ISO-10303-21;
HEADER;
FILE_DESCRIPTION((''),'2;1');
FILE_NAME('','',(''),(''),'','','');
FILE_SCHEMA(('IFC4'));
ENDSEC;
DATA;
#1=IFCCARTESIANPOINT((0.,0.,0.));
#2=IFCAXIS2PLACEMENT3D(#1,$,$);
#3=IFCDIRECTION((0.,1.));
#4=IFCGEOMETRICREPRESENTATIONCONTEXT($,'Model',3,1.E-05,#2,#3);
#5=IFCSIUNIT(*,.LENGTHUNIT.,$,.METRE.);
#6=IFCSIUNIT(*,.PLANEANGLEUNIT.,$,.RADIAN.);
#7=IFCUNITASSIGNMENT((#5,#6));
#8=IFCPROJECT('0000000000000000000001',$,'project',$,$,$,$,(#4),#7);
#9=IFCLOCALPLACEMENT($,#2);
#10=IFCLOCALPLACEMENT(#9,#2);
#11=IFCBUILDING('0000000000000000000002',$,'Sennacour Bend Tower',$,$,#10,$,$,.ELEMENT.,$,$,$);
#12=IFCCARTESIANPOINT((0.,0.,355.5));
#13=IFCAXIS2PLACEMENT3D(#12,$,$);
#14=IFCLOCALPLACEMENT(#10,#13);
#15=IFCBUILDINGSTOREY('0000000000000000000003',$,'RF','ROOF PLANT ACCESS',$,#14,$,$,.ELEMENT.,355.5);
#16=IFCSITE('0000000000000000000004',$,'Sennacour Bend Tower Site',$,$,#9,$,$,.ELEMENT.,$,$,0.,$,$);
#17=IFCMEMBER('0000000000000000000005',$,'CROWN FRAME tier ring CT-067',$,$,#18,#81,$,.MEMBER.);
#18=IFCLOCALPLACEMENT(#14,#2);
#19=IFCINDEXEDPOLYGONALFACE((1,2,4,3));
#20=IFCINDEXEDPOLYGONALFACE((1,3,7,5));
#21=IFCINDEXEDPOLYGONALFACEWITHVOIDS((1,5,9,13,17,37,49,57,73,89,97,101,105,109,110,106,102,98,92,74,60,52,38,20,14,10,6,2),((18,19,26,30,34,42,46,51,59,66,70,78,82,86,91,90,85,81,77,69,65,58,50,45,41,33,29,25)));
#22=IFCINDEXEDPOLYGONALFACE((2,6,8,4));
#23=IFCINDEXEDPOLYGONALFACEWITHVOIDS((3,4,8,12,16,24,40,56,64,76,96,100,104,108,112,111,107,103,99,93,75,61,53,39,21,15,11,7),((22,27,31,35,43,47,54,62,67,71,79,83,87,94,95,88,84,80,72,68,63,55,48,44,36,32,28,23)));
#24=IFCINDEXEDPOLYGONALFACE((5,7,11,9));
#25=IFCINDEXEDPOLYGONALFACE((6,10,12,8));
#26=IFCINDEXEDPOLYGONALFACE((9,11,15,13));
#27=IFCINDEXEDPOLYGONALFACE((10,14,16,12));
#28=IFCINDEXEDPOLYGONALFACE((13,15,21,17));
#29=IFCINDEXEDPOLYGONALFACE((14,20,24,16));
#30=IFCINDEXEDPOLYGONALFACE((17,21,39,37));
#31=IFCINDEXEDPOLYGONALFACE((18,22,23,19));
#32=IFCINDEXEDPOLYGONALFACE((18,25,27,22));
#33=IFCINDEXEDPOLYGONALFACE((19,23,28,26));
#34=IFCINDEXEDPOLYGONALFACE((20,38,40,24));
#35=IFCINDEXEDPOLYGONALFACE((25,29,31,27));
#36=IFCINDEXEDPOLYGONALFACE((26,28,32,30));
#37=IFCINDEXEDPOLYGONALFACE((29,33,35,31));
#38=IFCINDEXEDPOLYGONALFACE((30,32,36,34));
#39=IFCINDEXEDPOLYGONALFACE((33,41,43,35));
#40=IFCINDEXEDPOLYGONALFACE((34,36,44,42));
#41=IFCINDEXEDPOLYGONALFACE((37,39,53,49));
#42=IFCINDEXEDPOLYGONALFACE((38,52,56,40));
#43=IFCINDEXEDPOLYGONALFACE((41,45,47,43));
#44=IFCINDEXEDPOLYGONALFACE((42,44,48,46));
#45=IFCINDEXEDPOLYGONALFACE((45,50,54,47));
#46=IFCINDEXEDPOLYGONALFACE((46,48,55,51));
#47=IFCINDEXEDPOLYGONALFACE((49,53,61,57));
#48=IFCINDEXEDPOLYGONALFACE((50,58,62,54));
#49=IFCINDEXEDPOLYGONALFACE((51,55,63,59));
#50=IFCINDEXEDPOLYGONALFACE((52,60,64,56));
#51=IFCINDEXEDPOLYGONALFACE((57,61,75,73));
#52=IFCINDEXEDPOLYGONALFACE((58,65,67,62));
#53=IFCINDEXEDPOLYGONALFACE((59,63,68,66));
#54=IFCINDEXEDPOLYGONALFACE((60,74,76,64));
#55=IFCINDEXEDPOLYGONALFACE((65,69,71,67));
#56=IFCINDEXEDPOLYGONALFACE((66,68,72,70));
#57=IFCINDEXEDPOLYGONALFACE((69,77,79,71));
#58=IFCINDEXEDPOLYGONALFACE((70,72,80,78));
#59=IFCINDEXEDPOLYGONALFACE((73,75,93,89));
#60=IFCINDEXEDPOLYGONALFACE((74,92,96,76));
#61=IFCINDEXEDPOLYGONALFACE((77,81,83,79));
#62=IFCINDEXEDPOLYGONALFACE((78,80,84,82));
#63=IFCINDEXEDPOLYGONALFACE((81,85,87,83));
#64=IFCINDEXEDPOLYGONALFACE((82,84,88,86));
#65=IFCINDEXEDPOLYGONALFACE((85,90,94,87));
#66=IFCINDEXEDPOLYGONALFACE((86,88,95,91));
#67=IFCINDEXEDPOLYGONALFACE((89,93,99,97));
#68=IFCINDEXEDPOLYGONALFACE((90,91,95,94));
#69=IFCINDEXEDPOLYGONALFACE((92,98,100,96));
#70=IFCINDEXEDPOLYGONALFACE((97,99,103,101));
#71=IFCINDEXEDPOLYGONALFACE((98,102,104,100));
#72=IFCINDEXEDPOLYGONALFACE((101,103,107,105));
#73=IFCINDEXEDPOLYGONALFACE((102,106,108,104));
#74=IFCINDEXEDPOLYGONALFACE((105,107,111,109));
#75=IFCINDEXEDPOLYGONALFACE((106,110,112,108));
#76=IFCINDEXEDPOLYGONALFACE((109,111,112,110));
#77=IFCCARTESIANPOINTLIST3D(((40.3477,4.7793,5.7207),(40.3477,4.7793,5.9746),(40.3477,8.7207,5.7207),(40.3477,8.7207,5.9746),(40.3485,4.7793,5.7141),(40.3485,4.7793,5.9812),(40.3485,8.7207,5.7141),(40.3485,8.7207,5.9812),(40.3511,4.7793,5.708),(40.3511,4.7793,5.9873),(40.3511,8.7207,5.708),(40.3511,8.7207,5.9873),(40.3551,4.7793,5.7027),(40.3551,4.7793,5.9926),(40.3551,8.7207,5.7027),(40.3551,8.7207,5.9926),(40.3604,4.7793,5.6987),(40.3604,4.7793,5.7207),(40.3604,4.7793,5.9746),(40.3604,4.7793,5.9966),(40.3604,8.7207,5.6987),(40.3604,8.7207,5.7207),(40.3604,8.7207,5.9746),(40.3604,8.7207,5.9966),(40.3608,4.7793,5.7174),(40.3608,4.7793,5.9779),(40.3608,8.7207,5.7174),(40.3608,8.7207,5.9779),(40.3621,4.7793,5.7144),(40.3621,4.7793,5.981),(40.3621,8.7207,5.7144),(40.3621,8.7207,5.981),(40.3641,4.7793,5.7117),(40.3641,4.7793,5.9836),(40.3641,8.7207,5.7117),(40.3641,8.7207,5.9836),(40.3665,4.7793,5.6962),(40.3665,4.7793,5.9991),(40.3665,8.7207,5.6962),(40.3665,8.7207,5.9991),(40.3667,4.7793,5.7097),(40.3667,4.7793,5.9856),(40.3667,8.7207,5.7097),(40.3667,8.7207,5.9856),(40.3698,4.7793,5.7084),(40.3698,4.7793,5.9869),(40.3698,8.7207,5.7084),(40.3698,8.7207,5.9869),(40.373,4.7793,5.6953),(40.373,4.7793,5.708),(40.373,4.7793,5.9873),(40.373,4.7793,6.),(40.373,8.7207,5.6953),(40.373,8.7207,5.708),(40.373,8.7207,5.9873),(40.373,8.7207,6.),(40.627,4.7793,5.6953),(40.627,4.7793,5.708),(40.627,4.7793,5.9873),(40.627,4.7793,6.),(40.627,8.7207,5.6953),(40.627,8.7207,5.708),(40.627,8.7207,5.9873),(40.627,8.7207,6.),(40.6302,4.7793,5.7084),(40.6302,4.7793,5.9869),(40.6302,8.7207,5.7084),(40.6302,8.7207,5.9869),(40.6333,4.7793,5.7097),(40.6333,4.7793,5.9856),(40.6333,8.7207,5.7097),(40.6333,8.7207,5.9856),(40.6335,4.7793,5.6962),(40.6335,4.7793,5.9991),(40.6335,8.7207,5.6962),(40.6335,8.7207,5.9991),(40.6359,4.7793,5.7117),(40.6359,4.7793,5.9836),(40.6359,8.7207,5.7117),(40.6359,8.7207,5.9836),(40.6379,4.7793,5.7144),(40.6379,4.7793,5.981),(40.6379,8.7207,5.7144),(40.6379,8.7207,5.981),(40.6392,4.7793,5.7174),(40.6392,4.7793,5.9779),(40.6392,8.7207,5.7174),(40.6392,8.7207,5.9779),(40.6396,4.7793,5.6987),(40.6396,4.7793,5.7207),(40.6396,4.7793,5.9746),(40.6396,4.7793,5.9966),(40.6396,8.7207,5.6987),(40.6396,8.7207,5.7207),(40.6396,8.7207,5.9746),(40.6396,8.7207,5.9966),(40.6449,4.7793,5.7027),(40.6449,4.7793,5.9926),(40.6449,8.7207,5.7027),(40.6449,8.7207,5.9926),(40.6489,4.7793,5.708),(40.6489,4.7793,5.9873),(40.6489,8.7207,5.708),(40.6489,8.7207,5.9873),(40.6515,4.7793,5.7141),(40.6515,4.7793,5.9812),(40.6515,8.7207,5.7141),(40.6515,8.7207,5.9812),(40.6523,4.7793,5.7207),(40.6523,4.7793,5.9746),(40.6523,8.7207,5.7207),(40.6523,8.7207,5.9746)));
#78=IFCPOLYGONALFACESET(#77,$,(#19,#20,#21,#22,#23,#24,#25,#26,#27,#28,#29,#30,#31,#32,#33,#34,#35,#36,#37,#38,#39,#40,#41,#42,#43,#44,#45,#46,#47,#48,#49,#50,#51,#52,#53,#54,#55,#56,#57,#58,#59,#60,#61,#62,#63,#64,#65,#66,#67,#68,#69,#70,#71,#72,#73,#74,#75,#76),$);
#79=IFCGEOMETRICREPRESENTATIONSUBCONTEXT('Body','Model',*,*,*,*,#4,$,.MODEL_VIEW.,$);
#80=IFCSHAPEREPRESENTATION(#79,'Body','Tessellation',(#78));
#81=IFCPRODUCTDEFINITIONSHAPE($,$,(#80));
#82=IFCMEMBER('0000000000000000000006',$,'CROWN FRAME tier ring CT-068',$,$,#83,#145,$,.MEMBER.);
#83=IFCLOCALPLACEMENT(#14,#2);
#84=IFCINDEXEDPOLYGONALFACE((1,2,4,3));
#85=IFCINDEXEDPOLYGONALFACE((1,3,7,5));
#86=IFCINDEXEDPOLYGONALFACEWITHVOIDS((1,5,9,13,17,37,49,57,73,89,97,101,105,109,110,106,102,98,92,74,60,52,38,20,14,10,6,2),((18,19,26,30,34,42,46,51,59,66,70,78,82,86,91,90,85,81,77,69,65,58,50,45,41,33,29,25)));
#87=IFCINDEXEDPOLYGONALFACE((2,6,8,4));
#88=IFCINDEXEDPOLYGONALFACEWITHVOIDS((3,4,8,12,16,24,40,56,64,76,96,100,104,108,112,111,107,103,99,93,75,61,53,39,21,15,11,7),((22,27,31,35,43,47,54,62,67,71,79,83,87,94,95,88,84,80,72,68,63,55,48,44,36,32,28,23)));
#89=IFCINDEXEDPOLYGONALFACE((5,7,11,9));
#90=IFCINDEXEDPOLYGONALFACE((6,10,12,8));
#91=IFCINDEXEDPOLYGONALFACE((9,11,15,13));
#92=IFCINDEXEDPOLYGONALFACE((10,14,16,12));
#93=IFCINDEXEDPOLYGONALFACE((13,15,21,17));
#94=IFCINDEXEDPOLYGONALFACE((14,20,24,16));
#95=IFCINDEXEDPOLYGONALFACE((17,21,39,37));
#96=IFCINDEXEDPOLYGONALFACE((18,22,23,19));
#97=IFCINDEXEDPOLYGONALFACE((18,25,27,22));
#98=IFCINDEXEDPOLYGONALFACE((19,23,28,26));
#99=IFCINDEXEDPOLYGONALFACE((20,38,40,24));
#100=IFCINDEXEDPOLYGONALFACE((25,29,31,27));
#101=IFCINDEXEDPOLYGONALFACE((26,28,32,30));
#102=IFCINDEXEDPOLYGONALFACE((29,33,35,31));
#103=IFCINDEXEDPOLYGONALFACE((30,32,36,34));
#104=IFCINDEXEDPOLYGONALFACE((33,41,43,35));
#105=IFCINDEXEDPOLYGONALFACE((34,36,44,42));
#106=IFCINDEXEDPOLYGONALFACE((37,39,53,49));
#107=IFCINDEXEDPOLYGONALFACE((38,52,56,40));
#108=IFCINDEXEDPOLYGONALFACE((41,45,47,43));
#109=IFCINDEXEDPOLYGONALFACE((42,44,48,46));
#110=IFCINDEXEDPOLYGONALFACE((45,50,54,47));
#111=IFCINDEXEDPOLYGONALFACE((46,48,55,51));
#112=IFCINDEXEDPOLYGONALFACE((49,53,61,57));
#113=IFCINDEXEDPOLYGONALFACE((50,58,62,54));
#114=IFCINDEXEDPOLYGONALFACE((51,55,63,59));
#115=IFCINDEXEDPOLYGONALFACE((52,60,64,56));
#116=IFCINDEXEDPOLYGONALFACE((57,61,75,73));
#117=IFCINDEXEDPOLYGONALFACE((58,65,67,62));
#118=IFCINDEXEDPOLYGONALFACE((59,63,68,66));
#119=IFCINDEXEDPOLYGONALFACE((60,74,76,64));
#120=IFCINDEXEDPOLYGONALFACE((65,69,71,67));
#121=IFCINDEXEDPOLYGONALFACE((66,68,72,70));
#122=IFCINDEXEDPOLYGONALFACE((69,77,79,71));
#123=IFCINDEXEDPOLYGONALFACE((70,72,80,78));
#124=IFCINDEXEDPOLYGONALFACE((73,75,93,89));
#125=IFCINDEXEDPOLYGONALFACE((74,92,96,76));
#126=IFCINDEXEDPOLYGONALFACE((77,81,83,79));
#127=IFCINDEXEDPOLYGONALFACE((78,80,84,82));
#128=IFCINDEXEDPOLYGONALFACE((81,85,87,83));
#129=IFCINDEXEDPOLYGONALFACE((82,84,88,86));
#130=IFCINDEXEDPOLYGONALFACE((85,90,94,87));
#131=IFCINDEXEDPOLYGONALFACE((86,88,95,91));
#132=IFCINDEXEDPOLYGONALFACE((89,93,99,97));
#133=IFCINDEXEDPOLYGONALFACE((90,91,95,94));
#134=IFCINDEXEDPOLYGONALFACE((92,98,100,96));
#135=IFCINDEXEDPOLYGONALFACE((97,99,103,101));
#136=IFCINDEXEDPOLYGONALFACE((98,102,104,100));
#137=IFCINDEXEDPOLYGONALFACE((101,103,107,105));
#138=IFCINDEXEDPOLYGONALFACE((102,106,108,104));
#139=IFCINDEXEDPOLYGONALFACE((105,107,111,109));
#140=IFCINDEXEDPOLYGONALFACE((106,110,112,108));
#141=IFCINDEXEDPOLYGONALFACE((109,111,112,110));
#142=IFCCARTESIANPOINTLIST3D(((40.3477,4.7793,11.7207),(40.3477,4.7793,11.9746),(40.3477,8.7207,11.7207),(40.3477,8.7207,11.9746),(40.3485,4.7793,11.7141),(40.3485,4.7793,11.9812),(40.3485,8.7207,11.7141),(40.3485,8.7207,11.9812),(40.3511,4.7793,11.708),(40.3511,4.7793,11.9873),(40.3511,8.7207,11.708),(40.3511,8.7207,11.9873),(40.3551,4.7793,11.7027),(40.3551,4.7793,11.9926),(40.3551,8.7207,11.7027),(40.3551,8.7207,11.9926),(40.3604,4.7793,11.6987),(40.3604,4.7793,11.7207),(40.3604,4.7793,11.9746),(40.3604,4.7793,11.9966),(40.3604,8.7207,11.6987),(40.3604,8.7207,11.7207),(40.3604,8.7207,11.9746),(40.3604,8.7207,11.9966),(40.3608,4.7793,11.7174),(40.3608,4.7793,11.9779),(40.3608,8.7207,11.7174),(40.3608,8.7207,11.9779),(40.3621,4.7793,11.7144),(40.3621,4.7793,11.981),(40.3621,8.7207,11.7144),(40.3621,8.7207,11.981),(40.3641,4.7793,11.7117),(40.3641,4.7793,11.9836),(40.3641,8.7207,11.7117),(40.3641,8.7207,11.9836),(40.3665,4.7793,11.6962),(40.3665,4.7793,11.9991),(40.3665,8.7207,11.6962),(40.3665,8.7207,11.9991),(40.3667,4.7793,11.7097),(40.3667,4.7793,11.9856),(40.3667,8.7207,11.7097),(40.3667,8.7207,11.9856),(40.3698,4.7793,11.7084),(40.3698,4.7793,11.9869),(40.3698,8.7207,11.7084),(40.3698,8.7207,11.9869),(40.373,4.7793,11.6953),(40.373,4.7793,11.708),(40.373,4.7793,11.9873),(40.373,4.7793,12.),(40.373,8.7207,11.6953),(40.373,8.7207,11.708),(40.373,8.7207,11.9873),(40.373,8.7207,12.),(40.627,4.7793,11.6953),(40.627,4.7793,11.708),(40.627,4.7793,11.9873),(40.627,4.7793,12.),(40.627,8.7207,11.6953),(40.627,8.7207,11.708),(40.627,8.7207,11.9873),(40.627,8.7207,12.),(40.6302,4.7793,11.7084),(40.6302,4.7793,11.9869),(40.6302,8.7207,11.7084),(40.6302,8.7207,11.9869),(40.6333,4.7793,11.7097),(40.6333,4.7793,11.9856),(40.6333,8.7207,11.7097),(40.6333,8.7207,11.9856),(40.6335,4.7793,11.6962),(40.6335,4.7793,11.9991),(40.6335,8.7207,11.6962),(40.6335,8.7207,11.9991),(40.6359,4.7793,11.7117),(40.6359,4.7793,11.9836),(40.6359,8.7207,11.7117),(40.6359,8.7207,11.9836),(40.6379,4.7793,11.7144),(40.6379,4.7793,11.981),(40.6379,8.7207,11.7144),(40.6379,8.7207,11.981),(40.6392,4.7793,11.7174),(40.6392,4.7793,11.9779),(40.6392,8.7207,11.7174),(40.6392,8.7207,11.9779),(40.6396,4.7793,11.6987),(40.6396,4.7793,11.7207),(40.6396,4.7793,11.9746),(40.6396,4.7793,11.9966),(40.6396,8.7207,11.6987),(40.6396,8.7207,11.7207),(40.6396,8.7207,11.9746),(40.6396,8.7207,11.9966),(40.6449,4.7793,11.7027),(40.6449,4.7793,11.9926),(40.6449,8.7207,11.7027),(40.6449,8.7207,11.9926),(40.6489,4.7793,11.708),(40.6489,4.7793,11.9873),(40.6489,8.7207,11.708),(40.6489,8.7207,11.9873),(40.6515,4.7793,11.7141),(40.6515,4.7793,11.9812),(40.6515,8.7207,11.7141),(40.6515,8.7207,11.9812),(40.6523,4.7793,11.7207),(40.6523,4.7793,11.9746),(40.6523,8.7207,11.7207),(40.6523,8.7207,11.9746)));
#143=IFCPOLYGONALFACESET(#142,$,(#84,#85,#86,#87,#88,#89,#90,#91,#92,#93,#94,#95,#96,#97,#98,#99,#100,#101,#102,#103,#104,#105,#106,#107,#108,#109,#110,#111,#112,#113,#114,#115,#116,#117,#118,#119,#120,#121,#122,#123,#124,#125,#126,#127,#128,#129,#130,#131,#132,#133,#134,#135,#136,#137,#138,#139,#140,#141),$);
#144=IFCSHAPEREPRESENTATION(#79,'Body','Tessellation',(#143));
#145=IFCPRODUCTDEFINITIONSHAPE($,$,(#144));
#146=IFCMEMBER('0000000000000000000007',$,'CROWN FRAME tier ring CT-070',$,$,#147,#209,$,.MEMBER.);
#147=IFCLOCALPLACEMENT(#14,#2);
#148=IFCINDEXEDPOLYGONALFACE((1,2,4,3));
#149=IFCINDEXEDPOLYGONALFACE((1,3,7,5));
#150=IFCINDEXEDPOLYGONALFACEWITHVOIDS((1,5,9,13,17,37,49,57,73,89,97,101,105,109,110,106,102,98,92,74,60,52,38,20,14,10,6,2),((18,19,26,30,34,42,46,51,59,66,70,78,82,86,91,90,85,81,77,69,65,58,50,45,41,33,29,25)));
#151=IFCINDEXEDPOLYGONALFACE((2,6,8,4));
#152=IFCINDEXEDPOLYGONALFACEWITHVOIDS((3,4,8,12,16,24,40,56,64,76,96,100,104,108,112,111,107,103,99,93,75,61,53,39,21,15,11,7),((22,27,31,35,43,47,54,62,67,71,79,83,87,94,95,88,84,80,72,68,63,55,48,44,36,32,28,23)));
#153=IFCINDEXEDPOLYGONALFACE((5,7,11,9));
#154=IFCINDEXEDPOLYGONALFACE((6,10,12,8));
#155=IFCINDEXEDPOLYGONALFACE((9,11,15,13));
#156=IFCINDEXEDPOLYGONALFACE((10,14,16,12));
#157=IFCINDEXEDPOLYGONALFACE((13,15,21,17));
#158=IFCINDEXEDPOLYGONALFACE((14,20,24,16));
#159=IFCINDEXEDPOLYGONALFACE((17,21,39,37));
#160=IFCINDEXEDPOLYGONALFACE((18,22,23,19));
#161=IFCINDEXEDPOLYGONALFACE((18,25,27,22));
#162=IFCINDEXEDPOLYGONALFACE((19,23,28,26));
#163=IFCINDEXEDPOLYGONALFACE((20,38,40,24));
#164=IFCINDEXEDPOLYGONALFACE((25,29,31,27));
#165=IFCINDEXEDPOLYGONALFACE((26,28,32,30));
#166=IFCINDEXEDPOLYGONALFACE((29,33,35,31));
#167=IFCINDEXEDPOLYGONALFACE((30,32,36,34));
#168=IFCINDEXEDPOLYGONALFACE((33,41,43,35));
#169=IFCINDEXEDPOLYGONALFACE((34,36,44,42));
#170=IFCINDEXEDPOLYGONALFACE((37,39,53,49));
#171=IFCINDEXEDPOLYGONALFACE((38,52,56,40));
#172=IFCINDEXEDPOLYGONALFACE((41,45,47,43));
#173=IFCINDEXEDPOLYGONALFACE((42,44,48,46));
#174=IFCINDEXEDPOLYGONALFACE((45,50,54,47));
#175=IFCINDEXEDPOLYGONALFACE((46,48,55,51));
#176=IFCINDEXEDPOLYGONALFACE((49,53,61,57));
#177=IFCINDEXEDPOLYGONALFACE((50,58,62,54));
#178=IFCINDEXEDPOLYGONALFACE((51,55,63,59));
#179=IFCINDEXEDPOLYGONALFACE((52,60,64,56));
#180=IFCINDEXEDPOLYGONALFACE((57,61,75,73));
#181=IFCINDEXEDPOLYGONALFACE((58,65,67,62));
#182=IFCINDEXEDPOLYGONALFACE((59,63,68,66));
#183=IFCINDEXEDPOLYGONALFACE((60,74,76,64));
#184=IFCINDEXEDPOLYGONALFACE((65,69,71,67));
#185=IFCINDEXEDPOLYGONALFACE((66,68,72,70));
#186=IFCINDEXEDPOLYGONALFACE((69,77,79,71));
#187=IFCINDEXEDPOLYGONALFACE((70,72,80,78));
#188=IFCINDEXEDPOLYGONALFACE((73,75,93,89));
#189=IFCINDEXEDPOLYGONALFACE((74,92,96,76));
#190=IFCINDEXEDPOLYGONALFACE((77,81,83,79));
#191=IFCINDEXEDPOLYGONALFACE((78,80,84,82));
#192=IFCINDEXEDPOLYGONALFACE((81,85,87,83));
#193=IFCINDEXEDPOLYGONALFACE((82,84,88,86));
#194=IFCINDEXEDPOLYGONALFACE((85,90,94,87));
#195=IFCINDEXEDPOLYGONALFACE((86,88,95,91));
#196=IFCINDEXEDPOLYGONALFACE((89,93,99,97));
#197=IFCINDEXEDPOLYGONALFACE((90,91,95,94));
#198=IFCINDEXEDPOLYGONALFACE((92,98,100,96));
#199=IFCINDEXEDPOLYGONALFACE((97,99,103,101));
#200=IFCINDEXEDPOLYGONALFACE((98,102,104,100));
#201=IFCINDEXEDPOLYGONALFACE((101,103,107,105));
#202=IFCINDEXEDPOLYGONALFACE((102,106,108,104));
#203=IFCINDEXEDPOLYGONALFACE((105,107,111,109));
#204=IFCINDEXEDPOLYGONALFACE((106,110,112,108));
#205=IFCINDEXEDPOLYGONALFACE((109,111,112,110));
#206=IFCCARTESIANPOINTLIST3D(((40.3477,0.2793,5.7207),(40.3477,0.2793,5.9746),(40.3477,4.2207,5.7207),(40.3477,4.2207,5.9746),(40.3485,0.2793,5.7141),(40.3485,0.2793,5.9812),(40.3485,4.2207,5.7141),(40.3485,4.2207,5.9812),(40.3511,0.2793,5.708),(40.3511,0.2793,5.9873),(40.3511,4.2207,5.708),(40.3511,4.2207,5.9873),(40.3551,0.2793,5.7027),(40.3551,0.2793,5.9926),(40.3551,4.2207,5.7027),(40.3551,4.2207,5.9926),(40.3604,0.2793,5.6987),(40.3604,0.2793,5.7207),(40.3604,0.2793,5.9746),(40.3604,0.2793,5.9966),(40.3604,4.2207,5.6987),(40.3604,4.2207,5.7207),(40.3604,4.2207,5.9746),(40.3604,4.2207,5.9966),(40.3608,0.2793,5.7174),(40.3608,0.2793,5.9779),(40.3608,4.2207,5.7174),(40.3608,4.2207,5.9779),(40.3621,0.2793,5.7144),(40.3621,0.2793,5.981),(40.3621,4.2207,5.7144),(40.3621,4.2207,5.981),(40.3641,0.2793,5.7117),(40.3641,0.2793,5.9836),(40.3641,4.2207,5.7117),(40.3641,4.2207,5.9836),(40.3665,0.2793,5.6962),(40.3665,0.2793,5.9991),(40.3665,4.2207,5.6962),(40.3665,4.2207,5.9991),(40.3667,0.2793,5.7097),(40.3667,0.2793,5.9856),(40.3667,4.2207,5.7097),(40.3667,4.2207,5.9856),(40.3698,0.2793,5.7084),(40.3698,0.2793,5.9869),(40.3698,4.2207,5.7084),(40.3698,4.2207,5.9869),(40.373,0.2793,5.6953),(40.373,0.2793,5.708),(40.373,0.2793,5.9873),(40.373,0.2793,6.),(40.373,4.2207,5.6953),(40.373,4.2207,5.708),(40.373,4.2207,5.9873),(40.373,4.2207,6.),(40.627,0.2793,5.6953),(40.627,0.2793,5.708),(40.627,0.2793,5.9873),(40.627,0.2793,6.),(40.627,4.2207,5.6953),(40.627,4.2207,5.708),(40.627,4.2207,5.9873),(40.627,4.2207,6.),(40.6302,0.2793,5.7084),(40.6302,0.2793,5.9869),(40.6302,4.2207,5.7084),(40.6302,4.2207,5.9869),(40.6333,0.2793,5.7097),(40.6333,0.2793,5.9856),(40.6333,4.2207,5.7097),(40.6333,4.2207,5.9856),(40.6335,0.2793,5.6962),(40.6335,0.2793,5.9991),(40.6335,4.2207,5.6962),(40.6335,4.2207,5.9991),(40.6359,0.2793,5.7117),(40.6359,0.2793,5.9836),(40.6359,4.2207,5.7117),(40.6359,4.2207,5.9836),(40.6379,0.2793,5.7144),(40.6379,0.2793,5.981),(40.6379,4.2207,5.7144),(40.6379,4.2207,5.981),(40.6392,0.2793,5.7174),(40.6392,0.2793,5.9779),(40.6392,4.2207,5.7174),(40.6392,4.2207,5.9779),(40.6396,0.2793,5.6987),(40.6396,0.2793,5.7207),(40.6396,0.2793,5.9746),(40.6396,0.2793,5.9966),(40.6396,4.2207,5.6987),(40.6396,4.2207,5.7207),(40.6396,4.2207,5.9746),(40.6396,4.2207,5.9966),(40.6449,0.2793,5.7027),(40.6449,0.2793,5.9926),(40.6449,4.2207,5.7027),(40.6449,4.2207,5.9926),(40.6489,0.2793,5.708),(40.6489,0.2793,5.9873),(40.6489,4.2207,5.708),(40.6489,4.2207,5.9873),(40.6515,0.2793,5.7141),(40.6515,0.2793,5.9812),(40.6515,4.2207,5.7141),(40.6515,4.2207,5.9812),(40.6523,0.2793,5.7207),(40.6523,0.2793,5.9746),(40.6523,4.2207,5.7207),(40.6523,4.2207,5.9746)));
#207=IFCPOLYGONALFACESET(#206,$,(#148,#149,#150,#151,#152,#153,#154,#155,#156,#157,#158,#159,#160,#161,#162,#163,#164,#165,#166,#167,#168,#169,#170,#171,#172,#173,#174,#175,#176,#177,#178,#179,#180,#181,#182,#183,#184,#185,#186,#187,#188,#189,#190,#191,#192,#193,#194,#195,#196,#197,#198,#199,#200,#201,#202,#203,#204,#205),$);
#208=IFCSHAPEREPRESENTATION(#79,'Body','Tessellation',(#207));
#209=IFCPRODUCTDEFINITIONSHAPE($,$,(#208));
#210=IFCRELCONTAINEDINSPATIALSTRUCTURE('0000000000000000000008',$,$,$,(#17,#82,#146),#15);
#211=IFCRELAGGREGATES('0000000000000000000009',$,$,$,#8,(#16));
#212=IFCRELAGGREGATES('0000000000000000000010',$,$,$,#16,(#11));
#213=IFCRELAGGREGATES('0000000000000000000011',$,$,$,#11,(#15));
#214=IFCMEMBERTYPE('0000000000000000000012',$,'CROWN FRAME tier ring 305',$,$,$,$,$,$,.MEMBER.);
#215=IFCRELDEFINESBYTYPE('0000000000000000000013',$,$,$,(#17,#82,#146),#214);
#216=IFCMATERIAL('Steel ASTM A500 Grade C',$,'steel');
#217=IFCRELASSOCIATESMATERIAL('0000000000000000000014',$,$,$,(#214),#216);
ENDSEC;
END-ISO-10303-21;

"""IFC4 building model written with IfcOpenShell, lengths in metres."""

from ifc_helpers import new_model, si_unit, direction, frame, origin, origin_2d, place, context, subcontext, project, spatial, hollow_rectangle, extrude, material, material_profile, profile_set, type_object, element, save


model = new_model("IFC4")

# Units and contexts
model_context = context("Model", 3, precision=1e-05, world=origin(), true_north=direction((0.0, 1.0)))
body_context = subcontext(model_context, "Body", "Model", "MODEL_VIEW")
ifc_project = project(units=[si_unit("LENGTHUNIT", "METRE"), si_unit("PLANEANGLEUNIT", "RADIAN")], contexts=[model_context])

# Site, building, storey
site_placement = place(None, origin())
site = spatial("IfcSite", under=ifc_project, at=site_placement, Name="Sennacour Bend Tower Site", CompositionType="ELEMENT", RefElevation=0.0)
building_placement = place(site_placement, origin())
building = spatial("IfcBuilding", under=site, at=building_placement, Name="Sennacour Bend Tower", CompositionType="ELEMENT")
storey_placement = place(building_placement, frame((0.0, 0.0, 355.5)))
storey = spatial("IfcBuildingStorey", under=building, at=storey_placement, Name="RF", Description="ROOF PLANT ACCESS", CompositionType="ELEMENT", Elevation=355.5)

# Members
ifc_material_1 = material(Name="Steel ASTM A500 Grade C", Category="steel")
ifc_material_profile_1 = material_profile(ifc_material_1, hollow_rectangle(XDim=0.3047, YDim=0.3047, WallThickness=0.0127, InnerFilletRadius=0.0127, OuterFilletRadius=0.0254, at=origin_2d()), Name="Steel ASTM A500 Grade C", Category="steel")
ifc_profile_set_1 = profile_set([ifc_material_profile_1], Name="Steel ASTM A500 Grade C")
member_type_1 = type_object("IfcMemberType", Name="CROWN FRAME tier ring 305", PredefinedType="MEMBER", material=ifc_profile_set_1)
for number, where, z_axis, x_axis, name in (
    (1, (40.5, 8.7207, 5.8477), (0.0, -1.0, 0.0), (1.0, 0.0, 0.0), "CROWN FRAME tier ring CT-067"),
    (2, (40.5, 8.7207, 11.8477), (0.0, -1.0, 0.0), (1.0, 0.0, 0.0), "CROWN FRAME tier ring CT-068"),
    (3, (40.5, 4.2207, 5.8477), (0.0, -1.0, 0.0), (1.0, 0.0, 0.0), "CROWN FRAME tier ring CT-070"),
):
    element("IfcMember", number, at=place(storey_placement, frame(where, z_axis=z_axis, x_axis=x_axis)), inside=storey, type_object=member_type_1, Name=name, PredefinedType="MEMBER", context=body_context, shape_type="SweptSolid", body=[
        extrude(hollow_rectangle(XDim=0.3047, YDim=0.3047, WallThickness=0.0127, InnerFilletRadius=0.0127, OuterFilletRadius=0.0254, at=origin_2d()), origin(), (0.0, 0.0, 1.0), 3.9414),
    ])

save(model, "model.ifc")
